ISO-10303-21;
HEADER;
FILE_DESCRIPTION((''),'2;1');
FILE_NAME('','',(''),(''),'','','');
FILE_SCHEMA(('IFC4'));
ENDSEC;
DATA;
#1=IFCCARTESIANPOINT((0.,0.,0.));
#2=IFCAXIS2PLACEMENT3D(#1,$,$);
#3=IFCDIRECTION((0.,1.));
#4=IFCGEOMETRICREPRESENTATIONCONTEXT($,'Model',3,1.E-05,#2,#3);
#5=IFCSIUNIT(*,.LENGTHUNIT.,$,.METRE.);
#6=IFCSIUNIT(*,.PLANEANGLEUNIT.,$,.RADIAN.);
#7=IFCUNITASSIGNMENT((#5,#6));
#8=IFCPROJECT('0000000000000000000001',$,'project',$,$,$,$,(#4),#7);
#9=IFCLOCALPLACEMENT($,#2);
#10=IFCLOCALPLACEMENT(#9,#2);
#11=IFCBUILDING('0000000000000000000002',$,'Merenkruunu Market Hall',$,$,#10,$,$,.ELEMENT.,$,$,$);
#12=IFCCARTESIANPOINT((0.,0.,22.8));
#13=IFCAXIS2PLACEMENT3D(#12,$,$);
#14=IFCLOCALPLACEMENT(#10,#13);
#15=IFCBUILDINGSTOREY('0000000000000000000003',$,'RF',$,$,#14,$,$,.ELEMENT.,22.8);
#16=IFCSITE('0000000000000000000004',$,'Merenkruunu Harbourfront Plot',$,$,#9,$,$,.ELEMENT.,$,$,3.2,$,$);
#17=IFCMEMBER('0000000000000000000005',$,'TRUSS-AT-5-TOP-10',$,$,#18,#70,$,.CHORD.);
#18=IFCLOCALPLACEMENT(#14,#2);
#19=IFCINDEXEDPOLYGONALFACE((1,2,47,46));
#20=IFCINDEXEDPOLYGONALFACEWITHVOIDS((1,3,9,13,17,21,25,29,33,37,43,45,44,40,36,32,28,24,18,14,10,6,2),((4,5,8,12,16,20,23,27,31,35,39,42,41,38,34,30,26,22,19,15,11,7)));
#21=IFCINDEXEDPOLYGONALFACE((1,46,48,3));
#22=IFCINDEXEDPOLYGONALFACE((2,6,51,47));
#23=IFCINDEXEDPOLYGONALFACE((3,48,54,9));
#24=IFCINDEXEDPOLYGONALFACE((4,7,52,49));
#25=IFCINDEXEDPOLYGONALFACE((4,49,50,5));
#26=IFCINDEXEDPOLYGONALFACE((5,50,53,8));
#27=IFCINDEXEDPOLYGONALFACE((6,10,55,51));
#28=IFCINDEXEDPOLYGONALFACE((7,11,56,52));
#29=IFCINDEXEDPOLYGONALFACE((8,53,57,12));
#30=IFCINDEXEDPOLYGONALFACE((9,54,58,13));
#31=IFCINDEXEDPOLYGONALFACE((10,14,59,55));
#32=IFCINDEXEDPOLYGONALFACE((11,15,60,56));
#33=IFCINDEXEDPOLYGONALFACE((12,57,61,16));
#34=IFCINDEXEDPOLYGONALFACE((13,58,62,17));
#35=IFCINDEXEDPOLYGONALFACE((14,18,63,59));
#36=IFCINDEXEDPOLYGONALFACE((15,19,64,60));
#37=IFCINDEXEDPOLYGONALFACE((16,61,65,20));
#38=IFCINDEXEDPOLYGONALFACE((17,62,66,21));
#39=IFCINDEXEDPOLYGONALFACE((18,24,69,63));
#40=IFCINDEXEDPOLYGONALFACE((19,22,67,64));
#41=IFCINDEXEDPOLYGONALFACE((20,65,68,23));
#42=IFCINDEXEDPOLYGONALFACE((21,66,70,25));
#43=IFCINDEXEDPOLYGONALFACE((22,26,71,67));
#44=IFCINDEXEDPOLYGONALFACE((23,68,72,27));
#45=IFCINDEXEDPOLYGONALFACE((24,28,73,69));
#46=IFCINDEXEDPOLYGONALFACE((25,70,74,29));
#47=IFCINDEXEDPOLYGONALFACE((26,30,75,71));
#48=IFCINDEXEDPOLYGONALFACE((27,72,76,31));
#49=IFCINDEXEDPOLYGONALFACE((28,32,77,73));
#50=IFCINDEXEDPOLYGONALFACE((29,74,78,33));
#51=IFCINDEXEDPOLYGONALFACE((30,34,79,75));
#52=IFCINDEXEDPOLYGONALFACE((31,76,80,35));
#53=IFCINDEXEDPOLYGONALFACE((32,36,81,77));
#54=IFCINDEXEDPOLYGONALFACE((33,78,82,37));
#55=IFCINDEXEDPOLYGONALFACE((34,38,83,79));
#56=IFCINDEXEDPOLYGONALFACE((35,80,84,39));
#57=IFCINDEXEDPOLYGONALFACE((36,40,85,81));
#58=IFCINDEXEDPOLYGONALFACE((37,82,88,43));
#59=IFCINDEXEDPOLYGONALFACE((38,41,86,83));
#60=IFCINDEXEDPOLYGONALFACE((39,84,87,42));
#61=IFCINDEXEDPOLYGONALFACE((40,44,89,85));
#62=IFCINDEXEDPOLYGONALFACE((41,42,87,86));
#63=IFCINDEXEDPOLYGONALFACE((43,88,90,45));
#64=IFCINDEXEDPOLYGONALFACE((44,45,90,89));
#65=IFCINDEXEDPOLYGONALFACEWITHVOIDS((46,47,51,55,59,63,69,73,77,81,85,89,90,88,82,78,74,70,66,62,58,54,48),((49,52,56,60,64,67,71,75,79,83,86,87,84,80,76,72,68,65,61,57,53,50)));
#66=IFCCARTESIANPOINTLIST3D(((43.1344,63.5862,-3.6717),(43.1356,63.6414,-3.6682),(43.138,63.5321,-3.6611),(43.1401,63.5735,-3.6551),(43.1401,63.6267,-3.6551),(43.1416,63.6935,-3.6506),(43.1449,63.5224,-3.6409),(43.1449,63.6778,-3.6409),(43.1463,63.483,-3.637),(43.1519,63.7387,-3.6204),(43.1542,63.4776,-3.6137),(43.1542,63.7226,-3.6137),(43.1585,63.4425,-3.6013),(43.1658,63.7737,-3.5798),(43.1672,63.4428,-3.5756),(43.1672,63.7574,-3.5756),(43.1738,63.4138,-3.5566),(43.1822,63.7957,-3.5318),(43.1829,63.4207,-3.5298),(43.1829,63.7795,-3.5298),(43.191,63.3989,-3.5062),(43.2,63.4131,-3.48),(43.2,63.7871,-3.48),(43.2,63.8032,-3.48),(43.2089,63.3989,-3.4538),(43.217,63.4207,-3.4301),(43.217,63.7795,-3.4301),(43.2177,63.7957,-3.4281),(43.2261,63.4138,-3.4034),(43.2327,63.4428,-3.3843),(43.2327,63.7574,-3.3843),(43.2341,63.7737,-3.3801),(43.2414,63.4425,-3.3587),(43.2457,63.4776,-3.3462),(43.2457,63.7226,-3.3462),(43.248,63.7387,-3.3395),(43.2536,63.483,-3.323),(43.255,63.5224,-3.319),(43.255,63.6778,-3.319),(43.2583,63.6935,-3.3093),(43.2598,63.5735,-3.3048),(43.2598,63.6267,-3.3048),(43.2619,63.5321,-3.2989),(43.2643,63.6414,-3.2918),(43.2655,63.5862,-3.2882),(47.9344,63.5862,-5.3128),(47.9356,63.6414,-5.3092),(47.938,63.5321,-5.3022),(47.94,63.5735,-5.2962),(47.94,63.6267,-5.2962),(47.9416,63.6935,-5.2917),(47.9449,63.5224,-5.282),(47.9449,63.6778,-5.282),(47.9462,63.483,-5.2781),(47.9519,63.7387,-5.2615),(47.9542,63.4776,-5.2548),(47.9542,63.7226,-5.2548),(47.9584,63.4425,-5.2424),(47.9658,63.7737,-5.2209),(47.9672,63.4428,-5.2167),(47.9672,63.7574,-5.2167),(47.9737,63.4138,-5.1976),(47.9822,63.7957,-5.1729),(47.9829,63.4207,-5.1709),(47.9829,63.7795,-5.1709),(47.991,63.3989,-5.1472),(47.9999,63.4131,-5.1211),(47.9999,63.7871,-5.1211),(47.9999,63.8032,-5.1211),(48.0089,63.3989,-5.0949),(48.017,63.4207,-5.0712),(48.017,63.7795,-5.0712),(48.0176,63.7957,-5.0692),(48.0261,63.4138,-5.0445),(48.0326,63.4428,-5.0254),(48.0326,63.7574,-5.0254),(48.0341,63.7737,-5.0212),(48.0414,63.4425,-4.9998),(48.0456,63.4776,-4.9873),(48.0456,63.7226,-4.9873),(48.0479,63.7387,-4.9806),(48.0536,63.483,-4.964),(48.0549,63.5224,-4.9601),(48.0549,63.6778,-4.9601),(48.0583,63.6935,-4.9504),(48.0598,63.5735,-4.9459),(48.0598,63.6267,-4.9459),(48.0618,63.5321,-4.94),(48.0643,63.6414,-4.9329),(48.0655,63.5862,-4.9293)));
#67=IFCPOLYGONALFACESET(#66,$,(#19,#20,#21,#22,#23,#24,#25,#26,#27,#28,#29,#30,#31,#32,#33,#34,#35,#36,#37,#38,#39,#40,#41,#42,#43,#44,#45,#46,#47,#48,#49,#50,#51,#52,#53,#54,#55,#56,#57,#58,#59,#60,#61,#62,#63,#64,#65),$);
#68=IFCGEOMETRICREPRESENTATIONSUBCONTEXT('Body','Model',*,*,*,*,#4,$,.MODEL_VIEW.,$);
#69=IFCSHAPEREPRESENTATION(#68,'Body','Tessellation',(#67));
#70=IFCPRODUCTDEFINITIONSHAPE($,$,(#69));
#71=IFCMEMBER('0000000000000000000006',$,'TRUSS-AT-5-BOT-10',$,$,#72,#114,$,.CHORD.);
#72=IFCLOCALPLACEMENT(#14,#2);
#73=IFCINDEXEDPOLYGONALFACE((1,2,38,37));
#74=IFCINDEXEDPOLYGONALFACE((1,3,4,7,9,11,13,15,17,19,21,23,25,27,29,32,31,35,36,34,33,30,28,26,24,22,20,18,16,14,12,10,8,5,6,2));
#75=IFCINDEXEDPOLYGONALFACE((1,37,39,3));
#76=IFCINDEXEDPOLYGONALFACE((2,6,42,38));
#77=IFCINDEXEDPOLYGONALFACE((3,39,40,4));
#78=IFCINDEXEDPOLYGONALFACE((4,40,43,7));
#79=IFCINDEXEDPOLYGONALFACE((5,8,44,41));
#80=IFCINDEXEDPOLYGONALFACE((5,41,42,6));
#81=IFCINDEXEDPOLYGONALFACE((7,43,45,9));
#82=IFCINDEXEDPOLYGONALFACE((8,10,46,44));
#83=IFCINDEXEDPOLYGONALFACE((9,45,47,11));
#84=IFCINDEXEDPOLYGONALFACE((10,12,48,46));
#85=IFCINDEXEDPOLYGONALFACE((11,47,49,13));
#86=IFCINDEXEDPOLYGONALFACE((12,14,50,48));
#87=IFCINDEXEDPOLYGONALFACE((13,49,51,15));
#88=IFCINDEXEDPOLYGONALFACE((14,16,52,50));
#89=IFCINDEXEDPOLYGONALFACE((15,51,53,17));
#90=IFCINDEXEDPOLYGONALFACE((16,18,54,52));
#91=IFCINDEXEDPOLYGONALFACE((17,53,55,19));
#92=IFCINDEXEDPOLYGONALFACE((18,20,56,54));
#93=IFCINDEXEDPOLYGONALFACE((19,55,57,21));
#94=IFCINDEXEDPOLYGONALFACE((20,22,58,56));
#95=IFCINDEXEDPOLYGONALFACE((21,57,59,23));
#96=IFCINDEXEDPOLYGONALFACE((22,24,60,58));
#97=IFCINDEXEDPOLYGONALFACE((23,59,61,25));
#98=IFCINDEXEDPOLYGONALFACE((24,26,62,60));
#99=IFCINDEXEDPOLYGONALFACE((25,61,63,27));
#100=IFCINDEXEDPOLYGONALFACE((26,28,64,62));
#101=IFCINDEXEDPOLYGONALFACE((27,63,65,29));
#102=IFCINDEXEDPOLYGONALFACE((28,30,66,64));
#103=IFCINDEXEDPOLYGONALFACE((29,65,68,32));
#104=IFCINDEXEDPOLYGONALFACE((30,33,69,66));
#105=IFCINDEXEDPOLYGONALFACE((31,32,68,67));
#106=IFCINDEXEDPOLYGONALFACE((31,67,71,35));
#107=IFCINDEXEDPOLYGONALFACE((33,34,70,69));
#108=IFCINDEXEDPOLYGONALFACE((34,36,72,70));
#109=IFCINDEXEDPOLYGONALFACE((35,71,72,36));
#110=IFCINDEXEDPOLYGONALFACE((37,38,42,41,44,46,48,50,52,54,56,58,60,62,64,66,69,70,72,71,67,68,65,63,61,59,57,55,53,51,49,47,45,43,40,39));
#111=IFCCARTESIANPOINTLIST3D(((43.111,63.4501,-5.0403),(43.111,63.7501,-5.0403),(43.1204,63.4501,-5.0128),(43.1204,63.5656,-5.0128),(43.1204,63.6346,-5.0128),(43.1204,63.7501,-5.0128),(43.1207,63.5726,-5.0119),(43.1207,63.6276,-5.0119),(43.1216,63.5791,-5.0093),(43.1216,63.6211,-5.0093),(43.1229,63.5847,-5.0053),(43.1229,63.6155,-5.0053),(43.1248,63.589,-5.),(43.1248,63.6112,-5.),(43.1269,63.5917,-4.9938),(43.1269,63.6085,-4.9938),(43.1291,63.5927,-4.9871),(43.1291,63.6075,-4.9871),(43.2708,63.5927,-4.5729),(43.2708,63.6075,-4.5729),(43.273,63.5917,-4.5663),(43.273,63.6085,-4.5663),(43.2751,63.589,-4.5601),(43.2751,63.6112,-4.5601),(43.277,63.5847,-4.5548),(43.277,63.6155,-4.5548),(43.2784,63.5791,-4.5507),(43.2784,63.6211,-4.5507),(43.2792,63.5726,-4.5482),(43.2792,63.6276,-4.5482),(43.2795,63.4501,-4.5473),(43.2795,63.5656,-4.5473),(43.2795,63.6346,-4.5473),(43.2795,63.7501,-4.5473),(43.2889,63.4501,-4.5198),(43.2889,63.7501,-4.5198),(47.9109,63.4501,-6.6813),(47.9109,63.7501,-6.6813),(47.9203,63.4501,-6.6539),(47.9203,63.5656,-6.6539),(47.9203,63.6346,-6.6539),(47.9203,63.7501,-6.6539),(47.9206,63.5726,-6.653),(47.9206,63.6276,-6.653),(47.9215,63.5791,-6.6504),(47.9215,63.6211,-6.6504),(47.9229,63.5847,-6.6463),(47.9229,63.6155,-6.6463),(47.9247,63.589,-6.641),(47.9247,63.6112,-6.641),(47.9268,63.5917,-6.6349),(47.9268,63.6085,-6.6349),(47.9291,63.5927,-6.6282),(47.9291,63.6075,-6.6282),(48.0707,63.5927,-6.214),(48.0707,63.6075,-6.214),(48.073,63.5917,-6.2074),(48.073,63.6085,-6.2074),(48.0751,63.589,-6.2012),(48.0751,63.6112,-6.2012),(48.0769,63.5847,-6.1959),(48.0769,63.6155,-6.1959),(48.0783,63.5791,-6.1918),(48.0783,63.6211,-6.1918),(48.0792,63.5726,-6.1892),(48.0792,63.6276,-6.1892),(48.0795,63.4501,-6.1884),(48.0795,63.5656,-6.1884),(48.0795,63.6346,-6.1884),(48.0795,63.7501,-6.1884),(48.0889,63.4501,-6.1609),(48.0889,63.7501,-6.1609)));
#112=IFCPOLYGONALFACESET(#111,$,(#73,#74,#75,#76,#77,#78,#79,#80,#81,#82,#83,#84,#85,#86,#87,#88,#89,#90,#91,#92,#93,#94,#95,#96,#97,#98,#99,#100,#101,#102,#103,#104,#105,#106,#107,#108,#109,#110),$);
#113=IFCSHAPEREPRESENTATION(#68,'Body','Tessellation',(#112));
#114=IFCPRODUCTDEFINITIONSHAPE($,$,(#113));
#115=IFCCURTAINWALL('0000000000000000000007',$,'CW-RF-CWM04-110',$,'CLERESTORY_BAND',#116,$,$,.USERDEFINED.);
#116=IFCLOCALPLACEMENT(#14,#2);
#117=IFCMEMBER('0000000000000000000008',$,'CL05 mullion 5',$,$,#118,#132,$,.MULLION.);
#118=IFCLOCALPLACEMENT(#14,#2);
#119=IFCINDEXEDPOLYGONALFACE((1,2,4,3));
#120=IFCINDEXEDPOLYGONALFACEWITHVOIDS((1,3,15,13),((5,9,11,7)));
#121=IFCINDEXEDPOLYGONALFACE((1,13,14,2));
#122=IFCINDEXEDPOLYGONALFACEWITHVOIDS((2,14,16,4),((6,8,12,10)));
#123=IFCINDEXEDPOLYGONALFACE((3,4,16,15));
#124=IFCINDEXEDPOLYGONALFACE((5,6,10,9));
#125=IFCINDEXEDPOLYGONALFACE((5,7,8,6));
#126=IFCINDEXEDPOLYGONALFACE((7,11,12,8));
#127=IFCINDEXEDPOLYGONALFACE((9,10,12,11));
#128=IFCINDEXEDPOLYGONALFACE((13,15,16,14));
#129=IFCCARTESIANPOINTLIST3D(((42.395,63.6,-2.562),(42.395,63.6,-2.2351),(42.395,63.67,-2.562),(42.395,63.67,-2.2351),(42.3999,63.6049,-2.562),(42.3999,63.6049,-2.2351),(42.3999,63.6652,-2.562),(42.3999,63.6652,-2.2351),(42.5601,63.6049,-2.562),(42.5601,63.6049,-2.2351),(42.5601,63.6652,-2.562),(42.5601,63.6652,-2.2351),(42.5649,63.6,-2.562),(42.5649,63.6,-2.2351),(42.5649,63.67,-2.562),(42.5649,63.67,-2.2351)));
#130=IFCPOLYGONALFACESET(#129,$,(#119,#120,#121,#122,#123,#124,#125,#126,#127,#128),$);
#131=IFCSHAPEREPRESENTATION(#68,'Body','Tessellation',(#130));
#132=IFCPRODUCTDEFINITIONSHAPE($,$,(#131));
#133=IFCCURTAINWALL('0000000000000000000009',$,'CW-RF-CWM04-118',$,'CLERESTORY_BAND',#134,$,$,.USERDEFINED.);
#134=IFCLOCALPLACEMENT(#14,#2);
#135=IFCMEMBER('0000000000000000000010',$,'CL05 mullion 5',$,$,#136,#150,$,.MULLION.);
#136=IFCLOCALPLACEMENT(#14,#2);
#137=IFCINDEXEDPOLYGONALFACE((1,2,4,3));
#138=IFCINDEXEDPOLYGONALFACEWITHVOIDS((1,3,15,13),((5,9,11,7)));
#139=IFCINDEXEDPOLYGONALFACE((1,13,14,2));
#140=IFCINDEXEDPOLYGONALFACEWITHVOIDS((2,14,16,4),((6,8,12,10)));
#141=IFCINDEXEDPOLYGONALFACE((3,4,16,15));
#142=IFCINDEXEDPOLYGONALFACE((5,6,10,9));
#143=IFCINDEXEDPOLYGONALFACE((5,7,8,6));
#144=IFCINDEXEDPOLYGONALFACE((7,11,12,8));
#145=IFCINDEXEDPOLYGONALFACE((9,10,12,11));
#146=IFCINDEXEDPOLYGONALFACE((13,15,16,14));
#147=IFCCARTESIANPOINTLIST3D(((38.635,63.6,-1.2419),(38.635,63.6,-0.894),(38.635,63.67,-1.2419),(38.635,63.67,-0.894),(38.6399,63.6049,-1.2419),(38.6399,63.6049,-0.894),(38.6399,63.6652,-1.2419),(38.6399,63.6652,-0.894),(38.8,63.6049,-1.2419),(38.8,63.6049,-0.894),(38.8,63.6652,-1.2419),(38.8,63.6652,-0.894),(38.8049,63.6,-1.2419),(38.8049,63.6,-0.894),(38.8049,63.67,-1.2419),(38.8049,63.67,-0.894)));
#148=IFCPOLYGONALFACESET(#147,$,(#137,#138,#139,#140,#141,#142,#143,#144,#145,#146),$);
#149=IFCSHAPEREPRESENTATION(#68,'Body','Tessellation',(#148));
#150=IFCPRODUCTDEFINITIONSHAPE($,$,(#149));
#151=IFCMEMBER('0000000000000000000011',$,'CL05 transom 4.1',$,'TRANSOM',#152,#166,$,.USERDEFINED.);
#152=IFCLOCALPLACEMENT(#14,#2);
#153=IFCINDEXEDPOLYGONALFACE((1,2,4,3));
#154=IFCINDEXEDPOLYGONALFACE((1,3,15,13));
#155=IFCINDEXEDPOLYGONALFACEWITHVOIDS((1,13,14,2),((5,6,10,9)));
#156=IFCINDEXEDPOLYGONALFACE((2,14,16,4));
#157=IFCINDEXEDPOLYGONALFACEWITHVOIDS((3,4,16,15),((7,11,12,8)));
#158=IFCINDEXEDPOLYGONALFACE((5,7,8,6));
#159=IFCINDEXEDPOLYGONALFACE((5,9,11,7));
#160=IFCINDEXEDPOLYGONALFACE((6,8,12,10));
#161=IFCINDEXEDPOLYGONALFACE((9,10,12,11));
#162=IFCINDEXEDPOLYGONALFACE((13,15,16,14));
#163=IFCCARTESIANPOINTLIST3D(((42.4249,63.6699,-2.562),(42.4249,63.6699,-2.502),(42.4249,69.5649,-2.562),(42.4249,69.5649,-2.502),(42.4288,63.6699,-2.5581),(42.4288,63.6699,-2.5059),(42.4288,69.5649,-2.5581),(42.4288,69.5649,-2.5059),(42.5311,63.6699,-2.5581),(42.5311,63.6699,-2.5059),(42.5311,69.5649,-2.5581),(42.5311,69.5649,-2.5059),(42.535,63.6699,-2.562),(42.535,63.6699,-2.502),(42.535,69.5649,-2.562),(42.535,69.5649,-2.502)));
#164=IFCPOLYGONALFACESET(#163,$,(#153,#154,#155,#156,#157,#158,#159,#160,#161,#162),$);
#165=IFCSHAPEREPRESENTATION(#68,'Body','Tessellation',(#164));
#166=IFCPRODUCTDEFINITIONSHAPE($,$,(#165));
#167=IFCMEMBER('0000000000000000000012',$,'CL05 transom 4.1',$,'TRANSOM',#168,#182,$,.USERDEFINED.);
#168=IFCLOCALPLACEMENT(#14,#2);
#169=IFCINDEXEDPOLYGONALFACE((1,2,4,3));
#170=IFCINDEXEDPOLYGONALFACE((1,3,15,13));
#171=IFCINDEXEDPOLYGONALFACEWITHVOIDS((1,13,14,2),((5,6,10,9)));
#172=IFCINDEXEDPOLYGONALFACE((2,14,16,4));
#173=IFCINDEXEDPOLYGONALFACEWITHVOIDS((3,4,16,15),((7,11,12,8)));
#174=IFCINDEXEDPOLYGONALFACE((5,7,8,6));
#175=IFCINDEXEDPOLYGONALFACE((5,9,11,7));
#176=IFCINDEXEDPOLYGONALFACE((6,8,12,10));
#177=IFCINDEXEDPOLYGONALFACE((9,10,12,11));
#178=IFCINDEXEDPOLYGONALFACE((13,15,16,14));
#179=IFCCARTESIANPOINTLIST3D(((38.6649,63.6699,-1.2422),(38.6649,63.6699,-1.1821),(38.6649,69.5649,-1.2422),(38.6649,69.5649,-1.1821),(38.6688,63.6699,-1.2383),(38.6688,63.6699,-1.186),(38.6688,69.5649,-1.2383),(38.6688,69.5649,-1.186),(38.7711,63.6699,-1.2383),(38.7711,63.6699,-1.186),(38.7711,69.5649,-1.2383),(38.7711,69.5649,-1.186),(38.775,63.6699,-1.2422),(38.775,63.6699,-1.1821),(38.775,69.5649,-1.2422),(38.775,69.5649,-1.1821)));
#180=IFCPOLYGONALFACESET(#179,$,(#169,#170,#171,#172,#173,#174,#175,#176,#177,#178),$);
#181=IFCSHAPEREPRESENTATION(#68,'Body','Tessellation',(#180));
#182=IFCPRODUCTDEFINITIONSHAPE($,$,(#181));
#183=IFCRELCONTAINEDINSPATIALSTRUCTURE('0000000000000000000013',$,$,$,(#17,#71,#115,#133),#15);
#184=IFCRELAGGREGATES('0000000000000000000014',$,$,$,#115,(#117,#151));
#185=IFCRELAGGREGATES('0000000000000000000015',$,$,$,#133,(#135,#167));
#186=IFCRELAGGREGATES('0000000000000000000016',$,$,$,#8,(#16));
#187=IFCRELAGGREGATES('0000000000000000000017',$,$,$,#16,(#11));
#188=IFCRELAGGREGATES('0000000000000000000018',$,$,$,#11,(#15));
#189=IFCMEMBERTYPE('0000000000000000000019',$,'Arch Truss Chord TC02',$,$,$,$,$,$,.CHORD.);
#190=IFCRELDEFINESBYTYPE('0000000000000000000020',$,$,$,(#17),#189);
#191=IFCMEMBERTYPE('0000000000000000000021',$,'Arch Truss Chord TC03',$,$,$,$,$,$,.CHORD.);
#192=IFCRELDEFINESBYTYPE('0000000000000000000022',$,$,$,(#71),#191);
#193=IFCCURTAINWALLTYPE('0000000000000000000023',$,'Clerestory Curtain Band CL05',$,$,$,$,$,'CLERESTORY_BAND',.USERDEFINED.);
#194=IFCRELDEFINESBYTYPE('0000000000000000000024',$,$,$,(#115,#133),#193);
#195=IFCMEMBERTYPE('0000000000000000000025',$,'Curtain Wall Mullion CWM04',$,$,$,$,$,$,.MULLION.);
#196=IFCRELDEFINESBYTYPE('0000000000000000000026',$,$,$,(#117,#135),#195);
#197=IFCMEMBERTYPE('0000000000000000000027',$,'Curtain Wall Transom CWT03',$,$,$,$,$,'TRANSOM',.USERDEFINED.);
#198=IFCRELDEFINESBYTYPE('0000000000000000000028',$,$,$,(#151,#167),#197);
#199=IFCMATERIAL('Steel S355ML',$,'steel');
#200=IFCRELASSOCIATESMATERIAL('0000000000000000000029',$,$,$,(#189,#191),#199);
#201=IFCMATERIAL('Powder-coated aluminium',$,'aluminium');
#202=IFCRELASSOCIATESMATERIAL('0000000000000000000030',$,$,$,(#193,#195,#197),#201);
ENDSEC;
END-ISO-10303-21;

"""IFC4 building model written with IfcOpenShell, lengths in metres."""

from ifc_helpers import new_model, si_unit, direction, frame, origin, origin_2d, place, context, subcontext, project, spatial, hollow_rectangle, hollow_circle, i_section, extrude, material, material_profile, profile_set, type_object, element, aggregate, save


model = new_model("IFC4")

# Units and contexts
model_context = context("Model", 3, precision=1e-05, world=origin(), true_north=direction((0.0, 1.0)))
body_context = subcontext(model_context, "Body", "Model", "MODEL_VIEW")
ifc_project = project(units=[si_unit("LENGTHUNIT", "METRE"), si_unit("PLANEANGLEUNIT", "RADIAN")], contexts=[model_context])

# Site, building, storey
site_placement = place(None, origin())
site = spatial("IfcSite", under=ifc_project, at=site_placement, Name="Merenkruunu Harbourfront Plot", CompositionType="ELEMENT", RefElevation=3.2)
building_placement = place(site_placement, origin())
building = spatial("IfcBuilding", under=site, at=building_placement, Name="Merenkruunu Market Hall", CompositionType="ELEMENT")
storey_placement = place(building_placement, frame((0.0, 0.0, 22.8)))
storey = spatial("IfcBuildingStorey", under=building, at=storey_placement, Name="RF", CompositionType="ELEMENT", Elevation=22.8)

# Members
ifc_material_1 = material(Name="Steel S355ML", Category="steel")
ifc_material_profile_1 = material_profile(ifc_material_1, hollow_circle(Radius=0.2031, WallThickness=0.0161, at=origin_2d()), Name="CHS 406.4x16")
ifc_profile_set_1 = profile_set([ifc_material_profile_1], Name="Steel S355ML")
member_type_1 = type_object("IfcMemberType", Name="Arch Truss Chord TC02", PredefinedType="CHORD", material=ifc_profile_set_1)
member_1_placement = place(storey_placement, frame((43.2, 63.6001, -3.48), z_axis=(0.946225, 0.0, -0.32351), x_axis=(0.0, 1.0, 0.0)))
element("IfcMember", 1, at=member_1_placement, inside=storey, type_object=member_type_1, Name="TRUSS-AT-5-TOP-10", PredefinedType="CHORD", context=body_context, shape_type="SweptSolid", body=[
    extrude(hollow_circle(Radius=0.2031, WallThickness=0.0161, at=origin_2d()), origin(), (0.0, 0.0, 1.0), 5.0728),
])
ifc_material_profile_2 = material_profile(ifc_material_1, i_section(OverallWidth=0.3, OverallDepth=0.55, WebThickness=0.0149, FlangeThickness=0.0291, FilletRadius=0.0271, at=origin_2d()), Name="HEB 550")
ifc_profile_set_2 = profile_set([ifc_material_profile_2], Name="Steel S355ML")
member_type_2 = type_object("IfcMemberType", Name="Arch Truss Chord TC03", PredefinedType="CHORD", material=ifc_profile_set_2)
member_2_placement = place(storey_placement, frame((43.2, 63.6001, -4.78), z_axis=(0.946225, 0.0, -0.32351), x_axis=(0.0, 1.0, 0.0)))
element("IfcMember", 2, at=member_2_placement, inside=storey, type_object=member_type_2, Name="TRUSS-AT-5-BOT-10", PredefinedType="CHORD", context=body_context, shape_type="SweptSolid", body=[
    extrude(i_section(OverallWidth=0.3, OverallDepth=0.55, WebThickness=0.0149, FlangeThickness=0.0291, FilletRadius=0.0271, at=origin_2d()), origin(), (0.0, 0.0, 1.0), 5.0728),
])

# Curtain walls, members
ifc_material_2 = material(Name="Powder-coated aluminium", Category="aluminium")
curtain_wall_type = type_object("IfcCurtainWallType", Name="Clerestory Curtain Band CL05", ElementType="CLERESTORY_BAND", PredefinedType="USERDEFINED", material=ifc_material_2)
curtain_wall_1_placement = place(storey_placement, origin())
curtain_wall_1 = element("IfcCurtainWall", 3, at=curtain_wall_1_placement, inside=storey, type_object=curtain_wall_type, Name="CW-RF-CWM04-110", ObjectType="CLERESTORY_BAND", PredefinedType="USERDEFINED")
ifc_material_profile_3 = material_profile(ifc_material_2, hollow_rectangle(XDim=0.0701, YDim=0.1699, WallThickness=0.0049, at=origin_2d()), Name="ALU 70x170x5")
ifc_profile_set_3 = profile_set([ifc_material_profile_3], Name="Powder-coated aluminium")
member_type_3 = type_object("IfcMemberType", Name="Curtain Wall Mullion CWM04", PredefinedType="MULLION", material=ifc_profile_set_3)
member_3_placement = place(storey_placement, frame((42.48, 63.635, -2.562), z_axis=(0.0, 0.0, 1.0), x_axis=(0.0, -1.0, 0.0)))
member_3 = element("IfcMember", 4, at=member_3_placement, type_object=member_type_3, Name="CL05 mullion 5", PredefinedType="MULLION", context=body_context, shape_type="SweptSolid", body=[
    extrude(hollow_rectangle(XDim=0.0701, YDim=0.1699, WallThickness=0.0049, at=origin_2d()), origin(), (0.0, 0.0, 1.0), 0.3269),
])
curtain_wall_2_placement = place(storey_placement, origin())
curtain_wall_2 = element("IfcCurtainWall", 5, at=curtain_wall_2_placement, inside=storey, type_object=curtain_wall_type, Name="CW-RF-CWM04-118", ObjectType="CLERESTORY_BAND", PredefinedType="USERDEFINED")
member_4_placement = place(storey_placement, frame((38.72, 63.635, -1.2419), z_axis=(0.0, 0.0, 1.0), x_axis=(0.0, -1.0, 0.0)))
member_4 = element("IfcMember", 6, at=member_4_placement, type_object=member_type_3, Name="CL05 mullion 5", PredefinedType="MULLION", context=body_context, shape_type="SweptSolid", body=[
    extrude(hollow_rectangle(XDim=0.0701, YDim=0.1699, WallThickness=0.0049, at=origin_2d()), origin(), (0.0, 0.0, 1.0), 0.3479),
])

# Members
ifc_material_profile_4 = material_profile(ifc_material_2, hollow_rectangle(XDim=0.0601, YDim=0.1101, WallThickness=0.0039, at=origin_2d()), Name="ALU 60x110x4")
ifc_profile_set_4 = profile_set([ifc_material_profile_4], Name="Powder-coated aluminium")
member_type_4 = type_object("IfcMemberType", Name="Curtain Wall Transom CWT03", ElementType="TRANSOM", PredefinedType="USERDEFINED", material=ifc_profile_set_4)
member_5_placement = place(storey_placement, frame((42.48, 69.5649, -2.532), z_axis=(0.0, -1.0, 0.0), x_axis=(0.0, 0.0, 1.0)))
member_5 = element("IfcMember", 7, at=member_5_placement, type_object=member_type_4, Name="CL05 transom 4.1", ObjectType="TRANSOM", PredefinedType="USERDEFINED", context=body_context, shape_type="SweptSolid", body=[
    extrude(hollow_rectangle(XDim=0.0601, YDim=0.1101, WallThickness=0.0039, at=origin_2d()), origin(), (0.0, 0.0, 1.0), 5.895),
])
member_6_placement = place(storey_placement, frame((38.72, 69.5649, -1.2122), z_axis=(0.0, -1.0, 0.0), x_axis=(0.0, 0.0, 1.0)))
member_6 = element("IfcMember", 8, at=member_6_placement, type_object=member_type_4, Name="CL05 transom 4.1", ObjectType="TRANSOM", PredefinedType="USERDEFINED", context=body_context, shape_type="SweptSolid", body=[
    extrude(hollow_rectangle(XDim=0.0601, YDim=0.1101, WallThickness=0.0039, at=origin_2d()), origin(), (0.0, 0.0, 1.0), 5.895),
])

aggregate(curtain_wall_1, [member_3, member_5])
aggregate(curtain_wall_2, [member_4, member_6])

save(model, "model.ifc")
